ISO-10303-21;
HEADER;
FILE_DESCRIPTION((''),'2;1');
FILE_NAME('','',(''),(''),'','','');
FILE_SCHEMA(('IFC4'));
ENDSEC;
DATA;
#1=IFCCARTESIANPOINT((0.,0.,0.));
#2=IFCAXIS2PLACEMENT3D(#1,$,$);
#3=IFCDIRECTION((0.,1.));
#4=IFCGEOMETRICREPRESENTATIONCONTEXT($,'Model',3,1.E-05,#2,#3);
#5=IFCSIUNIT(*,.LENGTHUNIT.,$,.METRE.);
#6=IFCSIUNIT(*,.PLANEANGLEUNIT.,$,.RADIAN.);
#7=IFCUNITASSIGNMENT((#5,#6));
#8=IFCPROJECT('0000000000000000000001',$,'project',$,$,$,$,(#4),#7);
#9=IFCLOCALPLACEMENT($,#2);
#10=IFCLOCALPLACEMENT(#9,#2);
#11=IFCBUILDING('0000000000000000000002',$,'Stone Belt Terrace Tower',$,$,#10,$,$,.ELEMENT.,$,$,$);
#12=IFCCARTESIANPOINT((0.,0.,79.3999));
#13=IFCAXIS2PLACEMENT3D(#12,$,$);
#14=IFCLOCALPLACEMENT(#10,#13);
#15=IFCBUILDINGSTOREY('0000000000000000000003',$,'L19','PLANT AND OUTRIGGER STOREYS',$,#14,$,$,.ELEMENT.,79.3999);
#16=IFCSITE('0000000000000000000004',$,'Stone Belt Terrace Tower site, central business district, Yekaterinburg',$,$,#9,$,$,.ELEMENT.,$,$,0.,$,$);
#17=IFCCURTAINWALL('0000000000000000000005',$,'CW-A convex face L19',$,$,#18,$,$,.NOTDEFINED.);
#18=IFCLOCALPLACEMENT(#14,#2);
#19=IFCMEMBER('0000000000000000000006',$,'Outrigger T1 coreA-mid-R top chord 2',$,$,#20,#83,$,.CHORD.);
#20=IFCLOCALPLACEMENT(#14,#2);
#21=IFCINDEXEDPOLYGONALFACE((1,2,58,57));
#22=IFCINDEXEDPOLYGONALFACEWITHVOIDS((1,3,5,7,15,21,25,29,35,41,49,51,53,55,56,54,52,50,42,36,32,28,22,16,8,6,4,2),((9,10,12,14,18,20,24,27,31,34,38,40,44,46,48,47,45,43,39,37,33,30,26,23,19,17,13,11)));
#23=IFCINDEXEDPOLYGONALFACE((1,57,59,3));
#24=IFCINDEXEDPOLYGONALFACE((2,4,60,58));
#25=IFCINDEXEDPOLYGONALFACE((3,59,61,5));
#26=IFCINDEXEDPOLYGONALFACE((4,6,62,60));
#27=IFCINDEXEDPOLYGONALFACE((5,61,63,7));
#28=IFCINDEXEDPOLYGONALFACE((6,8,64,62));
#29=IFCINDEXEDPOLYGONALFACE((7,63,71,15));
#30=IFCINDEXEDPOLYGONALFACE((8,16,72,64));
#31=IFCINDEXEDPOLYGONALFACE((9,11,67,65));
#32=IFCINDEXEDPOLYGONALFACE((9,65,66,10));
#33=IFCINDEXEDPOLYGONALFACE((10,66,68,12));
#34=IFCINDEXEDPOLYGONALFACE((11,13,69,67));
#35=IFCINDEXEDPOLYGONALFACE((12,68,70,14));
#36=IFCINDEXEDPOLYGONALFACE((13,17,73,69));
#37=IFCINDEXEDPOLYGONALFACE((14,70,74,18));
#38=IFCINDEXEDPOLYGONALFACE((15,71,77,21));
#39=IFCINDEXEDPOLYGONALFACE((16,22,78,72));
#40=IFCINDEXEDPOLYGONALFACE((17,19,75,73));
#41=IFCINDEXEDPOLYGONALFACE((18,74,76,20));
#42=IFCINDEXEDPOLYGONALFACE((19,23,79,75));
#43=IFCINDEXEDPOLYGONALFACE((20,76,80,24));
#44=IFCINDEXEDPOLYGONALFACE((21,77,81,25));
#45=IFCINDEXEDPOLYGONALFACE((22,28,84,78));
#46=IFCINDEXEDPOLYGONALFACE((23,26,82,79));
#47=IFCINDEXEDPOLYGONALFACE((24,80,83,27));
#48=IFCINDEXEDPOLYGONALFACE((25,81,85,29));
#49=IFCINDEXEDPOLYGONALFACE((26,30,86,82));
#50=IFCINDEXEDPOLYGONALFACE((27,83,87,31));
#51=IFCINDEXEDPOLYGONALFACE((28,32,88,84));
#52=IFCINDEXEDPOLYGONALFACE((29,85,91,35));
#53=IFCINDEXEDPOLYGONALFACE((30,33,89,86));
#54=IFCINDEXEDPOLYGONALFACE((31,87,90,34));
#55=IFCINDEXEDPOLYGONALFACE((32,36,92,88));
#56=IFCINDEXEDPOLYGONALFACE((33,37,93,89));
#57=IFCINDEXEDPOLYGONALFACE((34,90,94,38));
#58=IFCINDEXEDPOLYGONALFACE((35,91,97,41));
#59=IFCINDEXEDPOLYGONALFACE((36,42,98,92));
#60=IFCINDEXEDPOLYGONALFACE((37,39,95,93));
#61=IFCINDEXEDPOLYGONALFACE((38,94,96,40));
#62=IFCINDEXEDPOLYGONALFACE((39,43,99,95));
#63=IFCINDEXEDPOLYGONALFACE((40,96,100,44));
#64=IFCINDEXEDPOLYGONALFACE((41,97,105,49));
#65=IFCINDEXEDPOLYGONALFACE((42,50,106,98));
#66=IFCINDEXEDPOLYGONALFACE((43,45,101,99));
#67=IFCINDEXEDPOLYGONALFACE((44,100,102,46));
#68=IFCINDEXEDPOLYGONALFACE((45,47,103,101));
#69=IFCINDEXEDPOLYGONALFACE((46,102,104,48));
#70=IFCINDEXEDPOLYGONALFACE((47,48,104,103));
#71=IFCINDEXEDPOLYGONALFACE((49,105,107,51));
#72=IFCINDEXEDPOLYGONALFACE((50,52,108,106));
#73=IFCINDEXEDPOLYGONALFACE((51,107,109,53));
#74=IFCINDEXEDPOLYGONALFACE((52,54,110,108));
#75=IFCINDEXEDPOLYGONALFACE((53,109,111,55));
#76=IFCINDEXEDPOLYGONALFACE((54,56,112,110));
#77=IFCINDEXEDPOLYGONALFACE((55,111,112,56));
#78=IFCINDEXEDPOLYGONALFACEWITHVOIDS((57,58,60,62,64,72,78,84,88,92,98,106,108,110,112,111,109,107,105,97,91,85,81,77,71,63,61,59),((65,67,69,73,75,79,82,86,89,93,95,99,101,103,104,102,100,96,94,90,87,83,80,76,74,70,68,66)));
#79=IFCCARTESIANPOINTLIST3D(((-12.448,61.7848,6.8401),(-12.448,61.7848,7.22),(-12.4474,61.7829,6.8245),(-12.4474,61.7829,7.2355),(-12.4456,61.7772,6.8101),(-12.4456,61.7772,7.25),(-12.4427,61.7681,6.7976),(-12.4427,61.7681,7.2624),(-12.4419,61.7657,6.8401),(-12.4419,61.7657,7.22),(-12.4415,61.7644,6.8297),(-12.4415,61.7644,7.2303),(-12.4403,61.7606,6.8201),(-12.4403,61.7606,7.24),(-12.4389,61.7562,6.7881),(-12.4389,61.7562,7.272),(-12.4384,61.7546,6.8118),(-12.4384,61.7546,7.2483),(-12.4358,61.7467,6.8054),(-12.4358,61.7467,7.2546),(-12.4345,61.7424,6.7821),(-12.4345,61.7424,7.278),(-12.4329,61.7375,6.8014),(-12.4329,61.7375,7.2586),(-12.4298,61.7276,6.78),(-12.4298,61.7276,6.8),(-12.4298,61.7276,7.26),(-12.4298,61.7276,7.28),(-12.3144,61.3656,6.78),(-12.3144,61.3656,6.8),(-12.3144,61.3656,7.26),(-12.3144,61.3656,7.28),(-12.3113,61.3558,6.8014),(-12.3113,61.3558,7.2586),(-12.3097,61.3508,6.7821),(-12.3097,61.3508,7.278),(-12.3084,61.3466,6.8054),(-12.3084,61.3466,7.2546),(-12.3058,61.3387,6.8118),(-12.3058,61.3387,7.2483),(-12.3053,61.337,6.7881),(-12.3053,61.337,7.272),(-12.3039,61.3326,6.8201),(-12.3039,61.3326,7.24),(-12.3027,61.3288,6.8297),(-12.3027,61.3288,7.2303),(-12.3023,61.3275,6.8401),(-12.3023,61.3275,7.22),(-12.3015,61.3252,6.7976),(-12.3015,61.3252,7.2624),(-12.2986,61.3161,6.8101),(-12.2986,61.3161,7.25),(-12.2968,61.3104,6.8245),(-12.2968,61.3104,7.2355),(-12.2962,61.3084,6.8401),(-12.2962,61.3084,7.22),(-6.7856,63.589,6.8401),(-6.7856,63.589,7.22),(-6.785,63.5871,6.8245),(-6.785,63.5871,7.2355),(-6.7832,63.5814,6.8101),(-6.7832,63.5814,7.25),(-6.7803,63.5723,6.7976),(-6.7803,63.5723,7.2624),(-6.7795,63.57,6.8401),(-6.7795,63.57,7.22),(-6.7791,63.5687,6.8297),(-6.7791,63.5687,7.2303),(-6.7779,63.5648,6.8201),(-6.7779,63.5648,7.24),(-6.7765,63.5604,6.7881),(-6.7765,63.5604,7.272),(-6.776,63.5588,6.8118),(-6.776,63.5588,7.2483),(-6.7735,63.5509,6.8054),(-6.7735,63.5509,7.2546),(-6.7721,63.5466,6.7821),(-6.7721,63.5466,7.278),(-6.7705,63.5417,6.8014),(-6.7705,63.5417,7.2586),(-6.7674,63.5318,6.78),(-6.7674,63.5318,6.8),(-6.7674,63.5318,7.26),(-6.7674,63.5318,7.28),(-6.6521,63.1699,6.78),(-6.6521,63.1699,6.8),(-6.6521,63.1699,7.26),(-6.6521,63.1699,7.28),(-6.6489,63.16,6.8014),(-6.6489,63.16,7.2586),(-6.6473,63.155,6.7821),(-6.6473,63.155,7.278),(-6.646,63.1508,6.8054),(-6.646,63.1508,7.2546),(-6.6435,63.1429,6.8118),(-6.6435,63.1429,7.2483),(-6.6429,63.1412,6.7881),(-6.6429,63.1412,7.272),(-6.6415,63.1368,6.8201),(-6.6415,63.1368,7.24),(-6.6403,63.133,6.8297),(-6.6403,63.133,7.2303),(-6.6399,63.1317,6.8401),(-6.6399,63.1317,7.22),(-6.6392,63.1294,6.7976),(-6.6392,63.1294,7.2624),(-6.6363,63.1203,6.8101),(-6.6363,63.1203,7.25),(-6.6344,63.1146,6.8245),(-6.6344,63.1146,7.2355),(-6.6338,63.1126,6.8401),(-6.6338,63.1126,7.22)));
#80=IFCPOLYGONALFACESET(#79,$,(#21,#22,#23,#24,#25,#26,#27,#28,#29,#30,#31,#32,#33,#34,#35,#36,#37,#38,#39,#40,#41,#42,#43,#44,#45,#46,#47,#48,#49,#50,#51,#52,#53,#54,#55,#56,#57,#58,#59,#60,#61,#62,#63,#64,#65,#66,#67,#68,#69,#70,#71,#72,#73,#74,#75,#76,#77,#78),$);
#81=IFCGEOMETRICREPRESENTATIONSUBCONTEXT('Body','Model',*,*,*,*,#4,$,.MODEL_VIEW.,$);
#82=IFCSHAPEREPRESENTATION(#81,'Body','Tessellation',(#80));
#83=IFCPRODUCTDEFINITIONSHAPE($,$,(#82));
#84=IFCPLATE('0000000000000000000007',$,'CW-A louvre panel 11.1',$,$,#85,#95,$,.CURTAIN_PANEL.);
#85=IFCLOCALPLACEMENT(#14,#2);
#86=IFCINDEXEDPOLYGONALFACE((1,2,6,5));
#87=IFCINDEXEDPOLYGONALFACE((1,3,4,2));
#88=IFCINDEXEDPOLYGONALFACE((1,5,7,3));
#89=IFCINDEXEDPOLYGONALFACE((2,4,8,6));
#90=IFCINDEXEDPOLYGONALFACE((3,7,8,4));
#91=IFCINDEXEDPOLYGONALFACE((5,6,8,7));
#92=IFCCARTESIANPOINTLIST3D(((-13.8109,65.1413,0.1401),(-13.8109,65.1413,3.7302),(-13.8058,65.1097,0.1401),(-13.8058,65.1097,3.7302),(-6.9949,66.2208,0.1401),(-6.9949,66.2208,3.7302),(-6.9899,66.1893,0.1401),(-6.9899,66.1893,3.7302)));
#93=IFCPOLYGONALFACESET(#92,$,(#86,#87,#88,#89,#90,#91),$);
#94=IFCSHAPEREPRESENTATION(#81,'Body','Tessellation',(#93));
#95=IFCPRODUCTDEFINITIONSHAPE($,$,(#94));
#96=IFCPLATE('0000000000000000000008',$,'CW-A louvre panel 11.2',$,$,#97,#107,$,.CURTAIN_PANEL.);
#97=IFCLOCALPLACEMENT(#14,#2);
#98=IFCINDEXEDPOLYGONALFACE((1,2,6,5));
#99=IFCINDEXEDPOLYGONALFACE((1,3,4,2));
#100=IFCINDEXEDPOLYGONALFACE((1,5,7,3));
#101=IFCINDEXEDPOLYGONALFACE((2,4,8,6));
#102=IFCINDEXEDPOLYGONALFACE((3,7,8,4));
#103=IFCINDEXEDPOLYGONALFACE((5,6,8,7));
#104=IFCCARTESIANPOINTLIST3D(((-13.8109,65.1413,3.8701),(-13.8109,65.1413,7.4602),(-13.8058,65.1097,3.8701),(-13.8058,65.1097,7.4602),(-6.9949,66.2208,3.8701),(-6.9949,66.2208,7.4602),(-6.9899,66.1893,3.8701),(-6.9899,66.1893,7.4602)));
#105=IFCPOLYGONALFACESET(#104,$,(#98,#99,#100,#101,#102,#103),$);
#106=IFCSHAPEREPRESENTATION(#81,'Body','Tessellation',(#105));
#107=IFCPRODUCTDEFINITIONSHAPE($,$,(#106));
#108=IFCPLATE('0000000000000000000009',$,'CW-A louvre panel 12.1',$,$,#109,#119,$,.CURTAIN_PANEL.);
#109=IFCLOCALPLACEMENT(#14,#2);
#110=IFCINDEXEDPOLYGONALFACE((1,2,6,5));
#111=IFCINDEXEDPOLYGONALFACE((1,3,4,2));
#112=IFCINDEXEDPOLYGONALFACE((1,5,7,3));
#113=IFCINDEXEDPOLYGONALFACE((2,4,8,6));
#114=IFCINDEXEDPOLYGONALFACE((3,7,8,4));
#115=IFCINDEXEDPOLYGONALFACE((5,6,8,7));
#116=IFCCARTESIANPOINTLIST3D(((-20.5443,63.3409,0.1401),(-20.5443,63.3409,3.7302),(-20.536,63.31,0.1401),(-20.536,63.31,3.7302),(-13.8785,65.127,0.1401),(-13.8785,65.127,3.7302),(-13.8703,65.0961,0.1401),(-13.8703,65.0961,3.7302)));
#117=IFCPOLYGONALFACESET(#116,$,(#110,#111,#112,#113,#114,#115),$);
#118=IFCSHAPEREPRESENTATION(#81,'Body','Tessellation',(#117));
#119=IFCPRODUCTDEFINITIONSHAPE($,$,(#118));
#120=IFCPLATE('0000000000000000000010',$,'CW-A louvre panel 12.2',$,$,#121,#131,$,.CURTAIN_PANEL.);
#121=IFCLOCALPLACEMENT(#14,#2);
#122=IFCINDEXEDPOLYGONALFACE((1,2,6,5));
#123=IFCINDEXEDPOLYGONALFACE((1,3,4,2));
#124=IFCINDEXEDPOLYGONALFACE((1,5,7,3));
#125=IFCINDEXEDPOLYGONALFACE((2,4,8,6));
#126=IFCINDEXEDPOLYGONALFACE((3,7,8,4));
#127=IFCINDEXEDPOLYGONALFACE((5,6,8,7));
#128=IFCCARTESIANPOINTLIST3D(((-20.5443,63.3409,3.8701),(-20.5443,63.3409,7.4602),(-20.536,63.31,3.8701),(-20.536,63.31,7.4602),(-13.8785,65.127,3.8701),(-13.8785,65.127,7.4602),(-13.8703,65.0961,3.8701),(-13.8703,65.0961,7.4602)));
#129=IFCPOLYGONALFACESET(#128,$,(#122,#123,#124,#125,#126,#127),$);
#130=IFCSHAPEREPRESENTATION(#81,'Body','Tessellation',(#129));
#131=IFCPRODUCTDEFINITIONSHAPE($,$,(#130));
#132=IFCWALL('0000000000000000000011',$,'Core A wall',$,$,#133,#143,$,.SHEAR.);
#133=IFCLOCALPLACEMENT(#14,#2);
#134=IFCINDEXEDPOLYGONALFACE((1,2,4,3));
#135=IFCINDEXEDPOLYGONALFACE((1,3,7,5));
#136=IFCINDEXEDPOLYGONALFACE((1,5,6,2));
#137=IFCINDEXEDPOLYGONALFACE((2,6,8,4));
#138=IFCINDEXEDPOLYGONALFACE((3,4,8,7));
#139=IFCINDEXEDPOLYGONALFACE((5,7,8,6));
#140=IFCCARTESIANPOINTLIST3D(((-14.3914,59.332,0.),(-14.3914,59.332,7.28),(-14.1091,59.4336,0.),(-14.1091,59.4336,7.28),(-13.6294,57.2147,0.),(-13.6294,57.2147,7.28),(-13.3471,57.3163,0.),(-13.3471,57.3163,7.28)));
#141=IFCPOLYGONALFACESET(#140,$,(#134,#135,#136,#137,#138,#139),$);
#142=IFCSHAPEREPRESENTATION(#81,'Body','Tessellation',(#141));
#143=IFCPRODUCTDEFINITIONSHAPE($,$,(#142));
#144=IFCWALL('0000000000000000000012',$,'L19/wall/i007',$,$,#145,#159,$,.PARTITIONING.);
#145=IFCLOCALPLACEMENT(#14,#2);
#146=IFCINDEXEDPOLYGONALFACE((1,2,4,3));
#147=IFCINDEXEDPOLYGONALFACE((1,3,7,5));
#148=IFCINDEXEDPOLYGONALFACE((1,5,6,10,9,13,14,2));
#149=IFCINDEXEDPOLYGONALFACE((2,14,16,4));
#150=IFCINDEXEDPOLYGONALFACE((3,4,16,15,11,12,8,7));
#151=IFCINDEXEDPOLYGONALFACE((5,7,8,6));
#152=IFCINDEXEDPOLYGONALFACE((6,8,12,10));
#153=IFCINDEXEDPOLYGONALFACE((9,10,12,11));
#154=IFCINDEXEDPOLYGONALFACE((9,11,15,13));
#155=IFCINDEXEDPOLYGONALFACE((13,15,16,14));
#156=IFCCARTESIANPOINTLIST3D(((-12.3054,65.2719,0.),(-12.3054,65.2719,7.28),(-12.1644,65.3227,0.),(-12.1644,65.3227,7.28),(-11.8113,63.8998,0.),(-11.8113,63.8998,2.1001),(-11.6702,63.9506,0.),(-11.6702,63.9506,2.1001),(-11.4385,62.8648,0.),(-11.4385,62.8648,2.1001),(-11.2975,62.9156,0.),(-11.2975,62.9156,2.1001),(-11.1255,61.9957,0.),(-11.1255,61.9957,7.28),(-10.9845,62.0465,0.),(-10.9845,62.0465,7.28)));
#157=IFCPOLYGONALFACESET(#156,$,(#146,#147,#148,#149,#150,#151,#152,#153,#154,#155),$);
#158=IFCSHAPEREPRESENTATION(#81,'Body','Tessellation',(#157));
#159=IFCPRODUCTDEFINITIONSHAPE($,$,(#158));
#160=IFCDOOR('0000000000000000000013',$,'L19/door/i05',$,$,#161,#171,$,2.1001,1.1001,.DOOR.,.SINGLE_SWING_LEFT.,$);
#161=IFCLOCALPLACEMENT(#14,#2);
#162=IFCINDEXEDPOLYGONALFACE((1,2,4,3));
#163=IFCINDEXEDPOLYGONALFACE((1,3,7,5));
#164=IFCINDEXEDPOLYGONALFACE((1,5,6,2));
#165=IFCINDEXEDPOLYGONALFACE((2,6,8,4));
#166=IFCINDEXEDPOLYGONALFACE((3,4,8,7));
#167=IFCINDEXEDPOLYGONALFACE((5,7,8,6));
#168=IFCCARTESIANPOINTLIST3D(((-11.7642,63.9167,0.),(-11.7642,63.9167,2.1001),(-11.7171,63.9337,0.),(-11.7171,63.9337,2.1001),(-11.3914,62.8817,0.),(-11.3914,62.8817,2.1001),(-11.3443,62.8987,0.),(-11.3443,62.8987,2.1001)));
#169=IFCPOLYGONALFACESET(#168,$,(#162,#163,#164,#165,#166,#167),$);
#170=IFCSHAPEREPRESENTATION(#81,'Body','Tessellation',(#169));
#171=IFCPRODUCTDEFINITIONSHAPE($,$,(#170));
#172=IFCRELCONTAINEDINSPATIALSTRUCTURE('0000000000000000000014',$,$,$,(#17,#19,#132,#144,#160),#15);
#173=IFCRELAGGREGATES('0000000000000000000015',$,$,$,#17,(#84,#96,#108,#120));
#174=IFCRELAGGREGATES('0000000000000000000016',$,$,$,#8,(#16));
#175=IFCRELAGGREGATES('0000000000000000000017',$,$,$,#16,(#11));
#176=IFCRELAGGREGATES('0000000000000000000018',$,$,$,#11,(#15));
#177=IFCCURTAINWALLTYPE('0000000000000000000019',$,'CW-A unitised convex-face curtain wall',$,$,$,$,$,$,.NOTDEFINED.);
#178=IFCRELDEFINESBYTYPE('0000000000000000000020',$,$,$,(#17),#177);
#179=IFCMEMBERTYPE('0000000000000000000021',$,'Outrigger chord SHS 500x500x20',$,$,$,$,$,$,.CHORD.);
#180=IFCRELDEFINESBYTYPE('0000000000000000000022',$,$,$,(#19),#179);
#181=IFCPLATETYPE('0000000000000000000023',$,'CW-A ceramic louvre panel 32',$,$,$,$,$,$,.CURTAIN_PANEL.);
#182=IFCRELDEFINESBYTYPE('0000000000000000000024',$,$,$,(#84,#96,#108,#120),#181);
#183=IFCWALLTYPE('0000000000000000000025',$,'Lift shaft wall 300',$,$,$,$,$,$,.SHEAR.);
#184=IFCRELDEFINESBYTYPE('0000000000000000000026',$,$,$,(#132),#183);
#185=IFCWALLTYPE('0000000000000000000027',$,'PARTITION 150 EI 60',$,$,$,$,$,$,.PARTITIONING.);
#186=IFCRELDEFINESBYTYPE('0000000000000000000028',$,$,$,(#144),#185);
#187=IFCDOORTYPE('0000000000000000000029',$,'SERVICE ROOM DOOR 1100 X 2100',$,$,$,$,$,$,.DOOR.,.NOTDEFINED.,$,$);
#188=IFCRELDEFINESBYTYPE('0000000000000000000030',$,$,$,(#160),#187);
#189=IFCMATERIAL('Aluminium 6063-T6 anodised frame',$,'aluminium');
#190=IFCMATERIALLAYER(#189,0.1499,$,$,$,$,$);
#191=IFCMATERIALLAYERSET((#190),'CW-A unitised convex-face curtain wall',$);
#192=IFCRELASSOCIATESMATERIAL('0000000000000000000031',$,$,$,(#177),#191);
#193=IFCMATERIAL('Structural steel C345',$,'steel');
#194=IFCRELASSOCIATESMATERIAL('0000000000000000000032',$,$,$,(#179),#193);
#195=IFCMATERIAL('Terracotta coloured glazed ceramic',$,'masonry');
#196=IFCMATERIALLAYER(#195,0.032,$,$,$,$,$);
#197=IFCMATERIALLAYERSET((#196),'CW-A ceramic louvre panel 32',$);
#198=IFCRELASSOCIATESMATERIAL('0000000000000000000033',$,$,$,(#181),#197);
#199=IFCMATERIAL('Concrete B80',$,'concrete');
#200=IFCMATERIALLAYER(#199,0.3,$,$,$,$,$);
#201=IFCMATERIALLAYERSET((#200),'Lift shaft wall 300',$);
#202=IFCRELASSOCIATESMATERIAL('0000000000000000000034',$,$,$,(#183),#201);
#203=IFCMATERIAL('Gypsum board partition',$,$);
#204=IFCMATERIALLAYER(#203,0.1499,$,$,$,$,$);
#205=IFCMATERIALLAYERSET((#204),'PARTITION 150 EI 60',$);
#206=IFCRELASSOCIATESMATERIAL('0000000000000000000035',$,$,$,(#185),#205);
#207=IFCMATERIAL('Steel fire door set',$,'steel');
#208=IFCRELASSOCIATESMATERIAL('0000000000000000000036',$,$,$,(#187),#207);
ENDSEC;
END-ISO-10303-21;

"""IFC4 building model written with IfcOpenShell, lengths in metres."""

from ifc_helpers import new_model, si_unit, direction, frame, frame_2d, origin, origin_2d, place, context, subcontext, project, spatial, rectangle, hollow_rectangle, extrude, material, layer, layer_set, material_profile, profile_set, type_object, element, fill, aggregate, save


model = new_model("IFC4")

# Units and contexts
model_context = context("Model", 3, precision=1e-05, world=origin(), true_north=direction((0.0, 1.0)))
body_context = subcontext(model_context, "Body", "Model", "MODEL_VIEW")
ifc_project = project(units=[si_unit("LENGTHUNIT", "METRE"), si_unit("PLANEANGLEUNIT", "RADIAN")], contexts=[model_context])

# Site, building, storey
site_placement = place(None, origin())
site = spatial("IfcSite", under=ifc_project, at=site_placement, Name="Stone Belt Terrace Tower site, central business district, Yekaterinburg", CompositionType="ELEMENT", RefElevation=0.0)
building_placement = place(site_placement, origin())
building = spatial("IfcBuilding", under=site, at=building_placement, Name="Stone Belt Terrace Tower", CompositionType="ELEMENT")
storey_placement = place(building_placement, frame((0.0, 0.0, 79.3999)))
storey = spatial("IfcBuildingStorey", under=building, at=storey_placement, Name="L19", Description="PLANT AND OUTRIGGER STOREYS", CompositionType="ELEMENT", Elevation=79.3999)

# Shared definitions
ifc_material_1 = material(Name="Concrete B80", Category="concrete")

# Curtain wall
ifc_material_2 = material(Name="Aluminium 6063-T6 anodised frame", Category="aluminium")
ifc_layer_1 = layer(ifc_material_2, 0.1499)
ifc_layer_set_1 = layer_set([ifc_layer_1], Name="CW-A unitised convex-face curtain wall")
curtain_wall_type = type_object("IfcCurtainWallType", Name="CW-A unitised convex-face curtain wall", PredefinedType="NOTDEFINED", material=ifc_layer_set_1)
curtain_wall_placement = place(storey_placement, origin())
curtain_wall = element("IfcCurtainWall", 1, at=curtain_wall_placement, inside=storey, type_object=curtain_wall_type, Name="CW-A convex face L19", PredefinedType="NOTDEFINED")

# Member
ifc_material_3 = material(Name="Structural steel C345", Category="steel")
ifc_material_profile_1 = material_profile(ifc_material_3, hollow_rectangle(XDim=0.5, YDim=0.5, WallThickness=0.02, InnerFilletRadius=0.04, OuterFilletRadius=0.0601, at=origin_2d()), Name="SHS 500x500x20")
ifc_profile_set_1 = profile_set([ifc_material_profile_1], Name="Structural steel C345")
member_type_1 = type_object("IfcMemberType", Name="Outrigger chord SHS 500x500x20", PredefinedType="CHORD", material=ifc_profile_set_1)
member_1_placement = place(storey_placement, frame((-6.7097, 63.3508, 7.03), z_axis=(-0.952802, -0.303592, 0.0), x_axis=(0.303592, -0.952802, 0.0)))
element("IfcMember", 2, at=member_1_placement, inside=storey, type_object=member_type_1, Name="Outrigger T1 coreA-mid-R top chord 2", PredefinedType="CHORD", context=body_context, shape_type="SweptSolid", body=[
    extrude(hollow_rectangle(XDim=0.5, YDim=0.5, WallThickness=0.02, InnerFilletRadius=0.04, OuterFilletRadius=0.0601, at=origin_2d()), origin(), (0.0, 0.0, 1.0), 5.9429),
])

# Plates
ifc_material_4 = material(Name="Terracotta coloured glazed ceramic", Category="masonry")
ifc_layer_2 = layer(ifc_material_4, 0.032)
ifc_layer_set_2 = layer_set([ifc_layer_2], Name="CW-A ceramic louvre panel 32")
plate_type = type_object("IfcPlateType", Name="CW-A ceramic louvre panel 32", PredefinedType="CURTAIN_PANEL", material=ifc_layer_set_2)
plate_1_placement = place(storey_placement, frame((-10.4004, 65.6653, 0.1401), z_axis=(0.0, 0.0, 1.0), x_axis=(-0.987688, -0.156434, 0.0)))
plate_1 = element("IfcPlate", 3, at=plate_1_placement, type_object=plate_type, Name="CW-A louvre panel 11.1", PredefinedType="CURTAIN_PANEL", context=body_context, shape_type="SweptSolid", body=[
    extrude(rectangle(XDim=6.9009, YDim=0.032, at=origin_2d()), origin(), (0.0, 0.0, 1.0), 3.5901),
])
plate_2_placement = place(storey_placement, frame((-10.4004, 65.6653, 3.8701), z_axis=(0.0, 0.0, 1.0), x_axis=(-0.987688, -0.156434, 0.0)))
plate_2 = element("IfcPlate", 4, at=plate_2_placement, type_object=plate_type, Name="CW-A louvre panel 11.2", PredefinedType="CURTAIN_PANEL", context=body_context, shape_type="SweptSolid", body=[
    extrude(rectangle(XDim=6.9009, YDim=0.032, at=origin_2d()), origin(), (0.0, 0.0, 1.0), 3.5901),
])
plate_3_placement = place(storey_placement, frame((-17.2073, 64.2185, 0.1401), z_axis=(0.0, 0.0, 1.0), x_axis=(-0.965926, -0.258819, 0.0)))
plate_3 = element("IfcPlate", 5, at=plate_3_placement, type_object=plate_type, Name="CW-A louvre panel 12.1", PredefinedType="CURTAIN_PANEL", context=body_context, shape_type="SweptSolid", body=[
    extrude(rectangle(XDim=6.9009, YDim=0.032, at=origin_2d()), origin(), (0.0, 0.0, 1.0), 3.5901),
])
plate_4_placement = place(storey_placement, frame((-17.2073, 64.2185, 3.8701), z_axis=(0.0, 0.0, 1.0), x_axis=(-0.965926, -0.258819, 0.0)))
plate_4 = element("IfcPlate", 6, at=plate_4_placement, type_object=plate_type, Name="CW-A louvre panel 12.2", PredefinedType="CURTAIN_PANEL", context=body_context, shape_type="SweptSolid", body=[
    extrude(rectangle(XDim=6.9009, YDim=0.032, at=origin_2d()), origin(), (0.0, 0.0, 1.0), 3.5901),
])
aggregate(curtain_wall, [plate_1, plate_2, plate_3, plate_4])

# Wall
ifc_layer_3 = layer(ifc_material_1, 0.3)
ifc_layer_set_3 = layer_set([ifc_layer_3], Name="Lift shaft wall 300")
wall_type_1 = type_object("IfcWallType", Name="Lift shaft wall 300", PredefinedType="SHEAR", material=ifc_layer_set_3)
wall_1_placement = place(storey_placement, frame((-13.4883, 57.2656, 0.0), z_axis=(0.0, 0.0, 1.0), x_axis=(-0.338631, 0.940919, 0.0)))
element("IfcWall", 7, at=wall_1_placement, inside=storey, type_object=wall_type_1, Name="Core A wall", PredefinedType="SHEAR", context=body_context, shape_type="SweptSolid", body=[
    extrude(rectangle(XDim=2.2502, YDim=0.3, at=frame_2d((1.125, 0.0))), origin(), (0.0, 0.0, 1.0), 7.28),
])

# Wall, opening, door
ifc_material_5 = material(Name="Gypsum board partition")
ifc_layer_4 = layer(ifc_material_5, 0.1499)
ifc_layer_set_4 = layer_set([ifc_layer_4], Name="PARTITION 150 EI 60")
wall_type_2 = type_object("IfcWallType", Name="PARTITION 150 EI 60", PredefinedType="PARTITIONING", material=ifc_layer_set_4)
wall_2_placement = place(storey_placement, frame((-11.0549, 62.021, 0.0), z_axis=(0.0, 0.0, 1.0), x_axis=(-0.338854, 0.940839, 0.0)))
wall_2 = element("IfcWall", 8, at=wall_2_placement, inside=storey, type_object=wall_type_2, Name="L19/wall/i007", PredefinedType="PARTITIONING", context=body_context, shape_type="SweptSolid", body=[
    extrude(rectangle(XDim=3.4822, YDim=0.1499, at=frame_2d((1.7412, 0.0))), origin(), (0.0, 0.0, 1.0), 7.28),
])
opening_1_placement = place(wall_2_placement, frame((0.9238, 0.0, 0.0)))
opening_1 = element("IfcOpeningElement", 9, at=opening_1_placement, cuts=wall_2, PredefinedType="OPENING", context=body_context, shape_type="SweptSolid", body=[
    extrude(rectangle(XDim=1.1001, YDim=2.1001, at=frame_2d((0.55, 1.05))), frame((0.0, 0.085, 0.0), z_axis=(0.0, -1.0, 0.0), x_axis=(1.0, 0.0, 0.0)), (0.0, 0.0, 1.0), 0.1699),
])
ifc_material_6 = material(Name="Steel fire door set", Category="steel")
door_type = type_object("IfcDoorType", Name="SERVICE ROOM DOOR 1100 X 2100", OperationType="NOTDEFINED", PredefinedType="DOOR", material=ifc_material_6)
door_1_placement = place(opening_1_placement, origin())
door_1 = element("IfcDoor", 10, at=door_1_placement, inside=storey, type_object=door_type, Name="L19/door/i05", OperationType="SINGLE_SWING_LEFT", OverallHeight=2.1001, OverallWidth=1.1001, PredefinedType="DOOR", context=body_context, shape_type="SweptSolid", body=[
    extrude(rectangle(XDim=1.1001, YDim=2.1001, at=frame_2d((0.55, 1.05))), frame((0.0, 0.0249, 0.0), z_axis=(0.0, -1.0, 0.0), x_axis=(1.0, 0.0, 0.0)), (0.0, 0.0, 1.0), 0.05),
])
fill(opening_1, door_1)

save(model, "model.ifc")
